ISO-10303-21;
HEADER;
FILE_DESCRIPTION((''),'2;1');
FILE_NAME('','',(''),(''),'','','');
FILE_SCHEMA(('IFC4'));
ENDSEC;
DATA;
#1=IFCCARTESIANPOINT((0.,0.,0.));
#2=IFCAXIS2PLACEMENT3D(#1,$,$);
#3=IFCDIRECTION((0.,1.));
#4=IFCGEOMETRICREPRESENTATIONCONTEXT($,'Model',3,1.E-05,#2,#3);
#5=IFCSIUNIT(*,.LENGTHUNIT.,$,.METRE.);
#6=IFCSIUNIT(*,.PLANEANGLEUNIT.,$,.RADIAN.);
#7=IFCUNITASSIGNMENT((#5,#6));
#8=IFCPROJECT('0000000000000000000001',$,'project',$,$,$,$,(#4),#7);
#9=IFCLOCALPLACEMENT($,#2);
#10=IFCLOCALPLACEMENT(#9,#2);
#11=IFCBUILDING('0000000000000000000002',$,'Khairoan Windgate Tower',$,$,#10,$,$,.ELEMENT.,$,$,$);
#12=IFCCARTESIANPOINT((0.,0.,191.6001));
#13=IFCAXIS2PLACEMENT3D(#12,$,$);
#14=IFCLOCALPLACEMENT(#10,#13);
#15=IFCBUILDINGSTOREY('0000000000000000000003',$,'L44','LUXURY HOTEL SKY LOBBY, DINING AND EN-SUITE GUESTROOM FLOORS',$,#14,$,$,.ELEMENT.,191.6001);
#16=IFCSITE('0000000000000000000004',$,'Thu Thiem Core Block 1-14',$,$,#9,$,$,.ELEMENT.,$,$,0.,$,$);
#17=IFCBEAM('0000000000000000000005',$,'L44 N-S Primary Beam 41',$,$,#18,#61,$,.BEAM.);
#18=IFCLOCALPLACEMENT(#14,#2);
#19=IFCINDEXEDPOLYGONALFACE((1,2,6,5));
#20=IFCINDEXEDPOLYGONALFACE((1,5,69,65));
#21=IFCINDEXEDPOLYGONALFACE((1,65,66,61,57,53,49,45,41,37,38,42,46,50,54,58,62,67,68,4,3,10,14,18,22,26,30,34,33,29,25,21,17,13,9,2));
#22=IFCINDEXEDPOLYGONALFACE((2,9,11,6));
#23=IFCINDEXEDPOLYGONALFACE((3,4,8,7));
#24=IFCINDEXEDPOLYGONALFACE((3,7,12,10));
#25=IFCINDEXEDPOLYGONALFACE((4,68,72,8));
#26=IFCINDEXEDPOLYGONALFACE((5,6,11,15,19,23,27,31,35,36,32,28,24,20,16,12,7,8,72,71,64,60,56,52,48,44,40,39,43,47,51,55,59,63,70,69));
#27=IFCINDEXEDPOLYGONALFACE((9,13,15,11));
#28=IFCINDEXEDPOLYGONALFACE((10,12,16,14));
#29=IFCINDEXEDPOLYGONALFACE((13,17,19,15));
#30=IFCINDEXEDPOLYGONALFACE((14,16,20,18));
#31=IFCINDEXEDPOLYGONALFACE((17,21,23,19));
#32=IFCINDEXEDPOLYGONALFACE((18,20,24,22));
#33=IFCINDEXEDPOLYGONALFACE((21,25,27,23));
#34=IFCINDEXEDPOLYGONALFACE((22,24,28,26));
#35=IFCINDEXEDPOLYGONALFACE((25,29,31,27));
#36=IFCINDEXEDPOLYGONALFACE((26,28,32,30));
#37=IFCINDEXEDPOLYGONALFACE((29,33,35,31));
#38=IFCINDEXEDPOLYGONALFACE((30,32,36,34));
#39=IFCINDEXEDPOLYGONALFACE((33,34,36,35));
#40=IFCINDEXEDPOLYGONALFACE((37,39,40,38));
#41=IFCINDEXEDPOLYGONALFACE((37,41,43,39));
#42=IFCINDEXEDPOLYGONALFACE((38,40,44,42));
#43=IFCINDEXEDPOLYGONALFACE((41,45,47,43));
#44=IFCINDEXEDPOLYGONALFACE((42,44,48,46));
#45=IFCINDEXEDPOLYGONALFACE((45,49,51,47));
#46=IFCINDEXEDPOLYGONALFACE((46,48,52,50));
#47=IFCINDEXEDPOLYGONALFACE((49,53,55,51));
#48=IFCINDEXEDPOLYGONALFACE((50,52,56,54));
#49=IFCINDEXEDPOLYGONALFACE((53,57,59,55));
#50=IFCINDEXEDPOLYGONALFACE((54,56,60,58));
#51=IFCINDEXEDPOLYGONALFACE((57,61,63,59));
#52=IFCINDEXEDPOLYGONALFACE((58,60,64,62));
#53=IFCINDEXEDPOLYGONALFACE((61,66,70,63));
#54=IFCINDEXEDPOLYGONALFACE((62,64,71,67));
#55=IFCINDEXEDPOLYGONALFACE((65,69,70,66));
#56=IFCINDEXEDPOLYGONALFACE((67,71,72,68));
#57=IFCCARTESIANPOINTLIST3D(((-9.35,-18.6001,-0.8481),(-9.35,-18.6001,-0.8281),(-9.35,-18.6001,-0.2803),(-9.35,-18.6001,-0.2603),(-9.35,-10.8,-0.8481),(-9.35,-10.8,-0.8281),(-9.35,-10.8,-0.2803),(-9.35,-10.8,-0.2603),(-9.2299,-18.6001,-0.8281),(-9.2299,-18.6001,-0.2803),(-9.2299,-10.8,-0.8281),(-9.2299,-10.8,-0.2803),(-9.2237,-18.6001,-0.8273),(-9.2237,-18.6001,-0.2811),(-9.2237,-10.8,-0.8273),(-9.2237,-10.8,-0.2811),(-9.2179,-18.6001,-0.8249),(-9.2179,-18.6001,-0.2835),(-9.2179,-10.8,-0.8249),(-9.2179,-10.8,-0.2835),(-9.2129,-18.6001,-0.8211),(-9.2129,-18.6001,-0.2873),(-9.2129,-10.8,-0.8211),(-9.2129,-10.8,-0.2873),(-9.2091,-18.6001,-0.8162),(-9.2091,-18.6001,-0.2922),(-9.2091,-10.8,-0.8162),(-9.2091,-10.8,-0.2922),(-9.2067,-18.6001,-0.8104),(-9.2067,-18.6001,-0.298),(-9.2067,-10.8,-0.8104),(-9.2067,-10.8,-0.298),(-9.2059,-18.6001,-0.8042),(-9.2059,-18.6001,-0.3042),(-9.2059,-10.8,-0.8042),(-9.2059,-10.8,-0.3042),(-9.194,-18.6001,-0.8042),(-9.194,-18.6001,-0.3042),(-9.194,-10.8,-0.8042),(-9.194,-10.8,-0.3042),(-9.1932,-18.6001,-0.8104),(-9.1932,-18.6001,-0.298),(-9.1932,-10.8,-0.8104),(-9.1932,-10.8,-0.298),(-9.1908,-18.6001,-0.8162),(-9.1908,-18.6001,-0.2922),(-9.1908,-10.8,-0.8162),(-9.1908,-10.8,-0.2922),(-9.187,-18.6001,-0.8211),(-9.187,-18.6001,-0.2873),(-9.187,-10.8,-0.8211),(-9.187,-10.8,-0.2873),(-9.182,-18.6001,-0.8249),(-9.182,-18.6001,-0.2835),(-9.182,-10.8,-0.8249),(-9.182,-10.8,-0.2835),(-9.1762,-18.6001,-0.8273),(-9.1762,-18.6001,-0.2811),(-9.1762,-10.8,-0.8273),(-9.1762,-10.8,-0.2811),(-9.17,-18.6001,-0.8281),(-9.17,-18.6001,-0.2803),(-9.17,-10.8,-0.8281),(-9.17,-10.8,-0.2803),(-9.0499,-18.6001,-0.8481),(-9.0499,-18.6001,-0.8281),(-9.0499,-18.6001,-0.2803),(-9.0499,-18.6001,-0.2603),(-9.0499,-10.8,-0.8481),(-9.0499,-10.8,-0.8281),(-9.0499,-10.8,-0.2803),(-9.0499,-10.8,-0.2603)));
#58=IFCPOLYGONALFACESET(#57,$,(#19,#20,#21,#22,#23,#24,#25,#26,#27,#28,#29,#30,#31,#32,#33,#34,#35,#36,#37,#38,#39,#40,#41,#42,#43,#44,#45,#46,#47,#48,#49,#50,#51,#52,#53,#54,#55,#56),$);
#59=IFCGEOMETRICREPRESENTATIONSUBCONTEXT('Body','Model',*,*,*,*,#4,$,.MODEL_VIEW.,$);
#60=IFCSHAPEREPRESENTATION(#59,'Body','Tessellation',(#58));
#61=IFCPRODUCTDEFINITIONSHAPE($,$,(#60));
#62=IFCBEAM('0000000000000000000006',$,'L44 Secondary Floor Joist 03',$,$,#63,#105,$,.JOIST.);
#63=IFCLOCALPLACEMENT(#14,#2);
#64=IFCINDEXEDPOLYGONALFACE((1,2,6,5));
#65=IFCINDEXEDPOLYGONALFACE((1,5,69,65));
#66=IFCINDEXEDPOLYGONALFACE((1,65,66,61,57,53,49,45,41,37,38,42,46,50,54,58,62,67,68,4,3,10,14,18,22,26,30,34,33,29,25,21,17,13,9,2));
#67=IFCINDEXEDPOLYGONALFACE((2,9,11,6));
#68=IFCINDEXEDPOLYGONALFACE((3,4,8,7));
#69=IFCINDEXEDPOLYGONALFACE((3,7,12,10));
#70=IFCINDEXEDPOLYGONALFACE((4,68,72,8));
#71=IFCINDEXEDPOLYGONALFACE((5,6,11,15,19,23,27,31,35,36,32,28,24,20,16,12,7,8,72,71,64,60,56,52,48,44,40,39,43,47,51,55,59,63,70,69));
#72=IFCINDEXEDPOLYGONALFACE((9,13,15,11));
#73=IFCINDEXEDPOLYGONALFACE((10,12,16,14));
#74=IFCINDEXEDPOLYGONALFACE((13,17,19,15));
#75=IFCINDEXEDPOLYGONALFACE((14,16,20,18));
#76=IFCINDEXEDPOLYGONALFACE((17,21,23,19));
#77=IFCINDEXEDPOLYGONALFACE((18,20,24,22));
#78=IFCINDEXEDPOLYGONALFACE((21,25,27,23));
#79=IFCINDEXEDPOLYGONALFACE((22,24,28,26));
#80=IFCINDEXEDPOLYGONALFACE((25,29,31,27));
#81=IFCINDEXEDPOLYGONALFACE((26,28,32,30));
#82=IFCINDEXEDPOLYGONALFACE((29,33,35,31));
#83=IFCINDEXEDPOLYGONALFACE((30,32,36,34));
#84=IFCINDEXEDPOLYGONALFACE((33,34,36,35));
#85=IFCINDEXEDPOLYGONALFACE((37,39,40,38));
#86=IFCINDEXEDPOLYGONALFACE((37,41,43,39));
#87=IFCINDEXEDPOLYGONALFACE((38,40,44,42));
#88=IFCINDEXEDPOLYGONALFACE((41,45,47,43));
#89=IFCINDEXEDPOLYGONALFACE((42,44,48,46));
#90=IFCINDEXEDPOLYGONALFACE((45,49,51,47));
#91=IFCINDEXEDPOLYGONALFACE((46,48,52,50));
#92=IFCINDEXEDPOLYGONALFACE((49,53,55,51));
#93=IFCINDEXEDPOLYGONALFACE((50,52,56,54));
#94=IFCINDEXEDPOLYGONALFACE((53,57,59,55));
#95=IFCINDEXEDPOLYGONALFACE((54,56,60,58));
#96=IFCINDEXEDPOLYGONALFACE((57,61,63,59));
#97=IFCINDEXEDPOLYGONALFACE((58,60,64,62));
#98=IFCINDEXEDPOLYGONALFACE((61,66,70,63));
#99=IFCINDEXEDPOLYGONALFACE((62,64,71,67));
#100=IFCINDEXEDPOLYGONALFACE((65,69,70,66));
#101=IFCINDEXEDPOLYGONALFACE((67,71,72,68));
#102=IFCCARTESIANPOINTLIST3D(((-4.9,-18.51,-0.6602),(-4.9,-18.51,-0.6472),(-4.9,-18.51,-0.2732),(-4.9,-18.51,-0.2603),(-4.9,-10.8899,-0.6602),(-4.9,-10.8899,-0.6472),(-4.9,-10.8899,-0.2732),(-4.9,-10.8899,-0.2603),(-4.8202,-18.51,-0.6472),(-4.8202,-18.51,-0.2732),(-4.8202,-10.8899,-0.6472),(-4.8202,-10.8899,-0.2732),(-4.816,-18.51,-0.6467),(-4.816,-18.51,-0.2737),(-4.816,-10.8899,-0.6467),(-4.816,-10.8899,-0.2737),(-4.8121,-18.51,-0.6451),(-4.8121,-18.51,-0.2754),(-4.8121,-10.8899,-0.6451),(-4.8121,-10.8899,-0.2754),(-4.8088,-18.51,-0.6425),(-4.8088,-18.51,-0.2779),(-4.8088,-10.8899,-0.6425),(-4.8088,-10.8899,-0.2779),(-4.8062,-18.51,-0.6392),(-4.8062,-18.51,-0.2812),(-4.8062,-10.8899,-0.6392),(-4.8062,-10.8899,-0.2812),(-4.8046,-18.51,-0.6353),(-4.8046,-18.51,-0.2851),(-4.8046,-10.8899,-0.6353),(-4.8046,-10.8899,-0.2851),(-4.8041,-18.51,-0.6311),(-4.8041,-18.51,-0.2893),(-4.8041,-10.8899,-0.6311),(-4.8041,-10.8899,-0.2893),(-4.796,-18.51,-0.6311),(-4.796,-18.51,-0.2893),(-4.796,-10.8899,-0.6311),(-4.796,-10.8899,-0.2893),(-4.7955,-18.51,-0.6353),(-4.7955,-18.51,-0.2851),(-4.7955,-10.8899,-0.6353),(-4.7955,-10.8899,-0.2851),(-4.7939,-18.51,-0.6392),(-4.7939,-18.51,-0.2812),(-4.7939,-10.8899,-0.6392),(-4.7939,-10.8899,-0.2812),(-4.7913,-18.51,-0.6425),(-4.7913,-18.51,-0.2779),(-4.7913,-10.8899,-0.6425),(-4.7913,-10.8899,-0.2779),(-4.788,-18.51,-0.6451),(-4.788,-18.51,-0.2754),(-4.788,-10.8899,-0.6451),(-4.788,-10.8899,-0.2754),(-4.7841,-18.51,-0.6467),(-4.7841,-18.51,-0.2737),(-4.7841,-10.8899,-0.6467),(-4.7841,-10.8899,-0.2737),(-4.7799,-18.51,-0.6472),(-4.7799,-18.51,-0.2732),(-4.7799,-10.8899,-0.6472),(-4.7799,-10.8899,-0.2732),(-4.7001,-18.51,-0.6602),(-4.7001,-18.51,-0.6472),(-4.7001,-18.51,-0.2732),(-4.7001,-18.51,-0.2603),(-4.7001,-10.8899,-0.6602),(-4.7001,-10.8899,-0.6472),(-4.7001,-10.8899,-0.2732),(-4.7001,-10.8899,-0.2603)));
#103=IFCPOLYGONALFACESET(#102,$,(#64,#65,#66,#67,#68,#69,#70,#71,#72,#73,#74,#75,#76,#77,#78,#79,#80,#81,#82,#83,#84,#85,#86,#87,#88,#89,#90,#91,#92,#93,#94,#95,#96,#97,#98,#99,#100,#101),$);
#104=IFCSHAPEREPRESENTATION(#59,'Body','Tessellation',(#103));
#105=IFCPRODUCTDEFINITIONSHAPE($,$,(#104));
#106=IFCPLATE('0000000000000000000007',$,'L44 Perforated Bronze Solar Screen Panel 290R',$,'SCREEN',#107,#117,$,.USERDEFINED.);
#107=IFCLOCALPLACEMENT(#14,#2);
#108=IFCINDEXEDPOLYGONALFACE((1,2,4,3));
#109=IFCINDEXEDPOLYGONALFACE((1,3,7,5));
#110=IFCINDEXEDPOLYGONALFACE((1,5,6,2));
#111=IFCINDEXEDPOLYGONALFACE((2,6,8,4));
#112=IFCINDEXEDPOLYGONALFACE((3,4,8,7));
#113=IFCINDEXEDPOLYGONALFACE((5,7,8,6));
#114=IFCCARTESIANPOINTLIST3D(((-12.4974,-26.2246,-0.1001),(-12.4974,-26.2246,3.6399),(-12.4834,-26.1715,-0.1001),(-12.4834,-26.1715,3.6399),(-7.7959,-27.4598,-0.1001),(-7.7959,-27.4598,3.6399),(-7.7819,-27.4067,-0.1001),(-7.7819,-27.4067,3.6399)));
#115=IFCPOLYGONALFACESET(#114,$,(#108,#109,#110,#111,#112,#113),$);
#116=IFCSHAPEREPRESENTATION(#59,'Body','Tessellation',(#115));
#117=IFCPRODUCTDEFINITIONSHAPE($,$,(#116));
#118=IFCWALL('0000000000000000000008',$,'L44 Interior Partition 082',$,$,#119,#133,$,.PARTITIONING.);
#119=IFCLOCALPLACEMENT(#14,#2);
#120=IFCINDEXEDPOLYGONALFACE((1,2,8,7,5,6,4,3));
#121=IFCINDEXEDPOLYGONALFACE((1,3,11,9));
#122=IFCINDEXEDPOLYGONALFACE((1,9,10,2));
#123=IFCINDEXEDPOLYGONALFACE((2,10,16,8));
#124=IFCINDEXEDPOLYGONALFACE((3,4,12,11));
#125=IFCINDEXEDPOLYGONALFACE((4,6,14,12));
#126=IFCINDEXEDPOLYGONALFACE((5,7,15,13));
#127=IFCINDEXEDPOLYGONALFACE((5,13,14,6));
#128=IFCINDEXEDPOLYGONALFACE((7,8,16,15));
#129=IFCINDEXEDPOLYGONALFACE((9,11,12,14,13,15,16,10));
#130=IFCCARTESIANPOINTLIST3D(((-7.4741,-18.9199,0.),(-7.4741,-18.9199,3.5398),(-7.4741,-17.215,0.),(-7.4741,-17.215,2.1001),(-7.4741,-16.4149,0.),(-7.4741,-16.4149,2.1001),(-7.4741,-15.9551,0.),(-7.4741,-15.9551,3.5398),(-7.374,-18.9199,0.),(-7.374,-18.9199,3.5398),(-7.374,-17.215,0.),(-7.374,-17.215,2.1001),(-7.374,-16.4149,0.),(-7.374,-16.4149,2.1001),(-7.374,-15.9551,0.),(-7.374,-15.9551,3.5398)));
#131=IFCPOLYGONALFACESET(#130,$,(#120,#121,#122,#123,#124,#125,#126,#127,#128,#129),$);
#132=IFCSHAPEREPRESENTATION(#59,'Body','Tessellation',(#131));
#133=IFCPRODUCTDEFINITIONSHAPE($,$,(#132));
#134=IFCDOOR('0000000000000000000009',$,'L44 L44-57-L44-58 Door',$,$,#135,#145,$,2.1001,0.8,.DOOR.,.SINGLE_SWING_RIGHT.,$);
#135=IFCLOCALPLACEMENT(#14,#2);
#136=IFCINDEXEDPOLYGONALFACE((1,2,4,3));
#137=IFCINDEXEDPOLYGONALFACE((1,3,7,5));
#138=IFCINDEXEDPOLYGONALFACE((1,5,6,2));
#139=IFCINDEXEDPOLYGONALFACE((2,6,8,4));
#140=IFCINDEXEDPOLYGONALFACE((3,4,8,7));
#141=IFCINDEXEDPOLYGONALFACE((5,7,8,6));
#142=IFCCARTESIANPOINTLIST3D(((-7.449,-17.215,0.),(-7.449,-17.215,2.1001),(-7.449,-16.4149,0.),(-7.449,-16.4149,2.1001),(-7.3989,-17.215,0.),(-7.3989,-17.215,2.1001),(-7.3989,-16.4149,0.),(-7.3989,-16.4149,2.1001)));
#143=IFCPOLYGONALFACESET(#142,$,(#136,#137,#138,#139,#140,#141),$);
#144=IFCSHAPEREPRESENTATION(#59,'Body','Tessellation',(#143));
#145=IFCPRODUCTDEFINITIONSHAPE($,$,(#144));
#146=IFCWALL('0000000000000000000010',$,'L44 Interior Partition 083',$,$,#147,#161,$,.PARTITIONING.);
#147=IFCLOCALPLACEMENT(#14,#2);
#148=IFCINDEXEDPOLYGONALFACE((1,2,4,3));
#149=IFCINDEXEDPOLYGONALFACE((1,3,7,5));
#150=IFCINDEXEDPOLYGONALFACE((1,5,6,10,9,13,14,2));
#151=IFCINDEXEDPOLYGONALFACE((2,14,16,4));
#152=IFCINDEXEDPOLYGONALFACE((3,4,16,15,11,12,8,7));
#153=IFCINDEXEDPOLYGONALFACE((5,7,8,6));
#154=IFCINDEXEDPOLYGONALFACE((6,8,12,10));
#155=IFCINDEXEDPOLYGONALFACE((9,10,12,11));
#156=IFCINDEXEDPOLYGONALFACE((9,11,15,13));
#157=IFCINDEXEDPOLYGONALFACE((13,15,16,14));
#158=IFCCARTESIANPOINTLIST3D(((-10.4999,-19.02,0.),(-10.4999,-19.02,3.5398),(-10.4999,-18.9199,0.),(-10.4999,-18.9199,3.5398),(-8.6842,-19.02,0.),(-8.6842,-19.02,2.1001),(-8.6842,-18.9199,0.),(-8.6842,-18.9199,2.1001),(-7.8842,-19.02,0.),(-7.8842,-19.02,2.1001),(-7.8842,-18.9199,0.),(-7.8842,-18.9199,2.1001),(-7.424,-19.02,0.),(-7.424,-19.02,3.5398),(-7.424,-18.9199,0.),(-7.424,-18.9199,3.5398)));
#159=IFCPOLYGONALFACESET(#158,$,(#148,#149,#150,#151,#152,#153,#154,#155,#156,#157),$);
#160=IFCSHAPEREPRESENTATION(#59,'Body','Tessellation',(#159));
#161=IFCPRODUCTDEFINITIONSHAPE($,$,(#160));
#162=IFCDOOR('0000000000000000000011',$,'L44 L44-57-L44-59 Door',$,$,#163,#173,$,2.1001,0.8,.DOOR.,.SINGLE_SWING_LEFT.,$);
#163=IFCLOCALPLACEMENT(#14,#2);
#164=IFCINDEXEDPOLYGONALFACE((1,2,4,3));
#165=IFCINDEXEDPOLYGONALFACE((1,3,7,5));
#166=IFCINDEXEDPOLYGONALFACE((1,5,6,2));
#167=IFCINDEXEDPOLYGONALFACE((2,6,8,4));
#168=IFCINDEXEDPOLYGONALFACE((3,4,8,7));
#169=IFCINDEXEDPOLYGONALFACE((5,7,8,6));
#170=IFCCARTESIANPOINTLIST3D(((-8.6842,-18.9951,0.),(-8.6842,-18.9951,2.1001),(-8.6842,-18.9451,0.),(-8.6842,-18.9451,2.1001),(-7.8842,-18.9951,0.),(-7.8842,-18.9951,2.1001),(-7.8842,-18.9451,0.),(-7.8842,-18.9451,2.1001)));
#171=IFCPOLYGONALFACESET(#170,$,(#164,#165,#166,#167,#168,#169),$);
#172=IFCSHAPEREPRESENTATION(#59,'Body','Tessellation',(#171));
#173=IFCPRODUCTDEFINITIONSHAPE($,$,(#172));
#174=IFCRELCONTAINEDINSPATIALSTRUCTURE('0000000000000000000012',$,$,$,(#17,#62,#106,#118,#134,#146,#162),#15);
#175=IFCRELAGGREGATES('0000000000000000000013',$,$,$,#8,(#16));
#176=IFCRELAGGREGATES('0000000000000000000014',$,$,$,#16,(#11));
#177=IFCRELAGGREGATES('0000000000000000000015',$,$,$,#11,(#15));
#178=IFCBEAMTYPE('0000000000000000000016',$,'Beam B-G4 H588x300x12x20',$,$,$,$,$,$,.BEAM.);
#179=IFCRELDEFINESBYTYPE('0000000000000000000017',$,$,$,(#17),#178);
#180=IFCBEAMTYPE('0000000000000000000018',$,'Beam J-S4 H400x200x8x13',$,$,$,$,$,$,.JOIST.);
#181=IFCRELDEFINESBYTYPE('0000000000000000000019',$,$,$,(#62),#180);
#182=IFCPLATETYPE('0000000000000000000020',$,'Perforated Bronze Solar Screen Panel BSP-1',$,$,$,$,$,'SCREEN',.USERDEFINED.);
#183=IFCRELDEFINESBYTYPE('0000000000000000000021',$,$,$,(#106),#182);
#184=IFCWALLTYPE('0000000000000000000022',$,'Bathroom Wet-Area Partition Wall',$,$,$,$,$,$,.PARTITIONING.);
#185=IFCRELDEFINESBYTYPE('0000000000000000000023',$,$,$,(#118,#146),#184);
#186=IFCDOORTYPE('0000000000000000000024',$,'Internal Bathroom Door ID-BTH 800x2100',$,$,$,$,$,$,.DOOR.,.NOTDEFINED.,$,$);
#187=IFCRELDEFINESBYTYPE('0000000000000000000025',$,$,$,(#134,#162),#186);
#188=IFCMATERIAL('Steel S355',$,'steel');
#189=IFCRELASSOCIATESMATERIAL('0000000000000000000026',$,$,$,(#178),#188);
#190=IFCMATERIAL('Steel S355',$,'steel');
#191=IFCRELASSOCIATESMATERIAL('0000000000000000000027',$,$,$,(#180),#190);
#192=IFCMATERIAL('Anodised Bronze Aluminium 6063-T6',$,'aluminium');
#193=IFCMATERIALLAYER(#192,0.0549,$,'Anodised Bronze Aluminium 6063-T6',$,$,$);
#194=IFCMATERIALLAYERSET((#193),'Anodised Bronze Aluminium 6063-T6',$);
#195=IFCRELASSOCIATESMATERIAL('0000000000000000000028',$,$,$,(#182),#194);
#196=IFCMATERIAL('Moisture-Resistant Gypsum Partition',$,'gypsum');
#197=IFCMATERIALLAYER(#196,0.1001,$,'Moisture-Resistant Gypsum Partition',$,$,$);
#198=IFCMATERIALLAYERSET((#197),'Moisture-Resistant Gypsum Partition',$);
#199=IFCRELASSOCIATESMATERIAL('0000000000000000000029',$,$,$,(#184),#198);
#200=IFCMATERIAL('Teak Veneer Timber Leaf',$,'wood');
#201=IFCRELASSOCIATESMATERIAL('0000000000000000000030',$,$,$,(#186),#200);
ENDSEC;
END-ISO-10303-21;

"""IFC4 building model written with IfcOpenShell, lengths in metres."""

from ifc_helpers import new_model, si_unit, direction, frame, frame_2d, origin, origin_2d, place, context, subcontext, project, spatial, rectangle, i_section, extrude, material, layer, layer_set, material_profile, profile_set, type_object, element, fill, save


model = new_model("IFC4")

# Units and contexts
model_context = context("Model", 3, precision=1e-05, world=origin(), true_north=direction((0.0, 1.0)))
body_context = subcontext(model_context, "Body", "Model", "MODEL_VIEW")
ifc_project = project(units=[si_unit("LENGTHUNIT", "METRE"), si_unit("PLANEANGLEUNIT", "RADIAN")], contexts=[model_context])

# Site, building, storey
site_placement = place(None, origin())
site = spatial("IfcSite", under=ifc_project, at=site_placement, Name="Thu Thiem Core Block 1-14", CompositionType="ELEMENT", RefElevation=0.0)
building_placement = place(site_placement, origin())
building = spatial("IfcBuilding", under=site, at=building_placement, Name="Khairoan Windgate Tower", CompositionType="ELEMENT")
storey_placement = place(building_placement, frame((0.0, 0.0, 191.6001)))
storey = spatial("IfcBuildingStorey", under=building, at=storey_placement, Name="L44", Description="LUXURY HOTEL SKY LOBBY, DINING AND EN-SUITE GUESTROOM FLOORS", CompositionType="ELEMENT", Elevation=191.6001)

# Beams
ifc_material_1 = material(Name="Steel S355", Category="steel")
ifc_material_profile_1 = material_profile(ifc_material_1, i_section(OverallWidth=0.3, OverallDepth=0.5879, WebThickness=0.012, FlangeThickness=0.02, FilletRadius=0.0239, at=origin_2d()))
ifc_profile_set_1 = profile_set([ifc_material_profile_1], Name="Steel S355")
beam_type_1 = type_object("IfcBeamType", Name="Beam B-G4 H588x300x12x20", PredefinedType="BEAM", material=ifc_profile_set_1)
beam_1_placement = place(storey_placement, frame((-9.2, -18.6001, -0.5542), z_axis=(0.0, 1.0, 0.0), x_axis=(-1.0, 0.0, 0.0)))
element("IfcBeam", 1, at=beam_1_placement, inside=storey, type_object=beam_type_1, Name="L44 N-S Primary Beam 41", PredefinedType="BEAM", context=body_context, shape_type="SweptSolid", body=[
    extrude(i_section(OverallWidth=0.3, OverallDepth=0.5879, WebThickness=0.012, FlangeThickness=0.02, FilletRadius=0.0239, at=origin_2d()), origin(), (0.0, 0.0, 1.0), 7.8),
])
ifc_material_2 = material(Name="Steel S355", Category="steel")
ifc_material_profile_2 = material_profile(ifc_material_2, i_section(OverallWidth=0.2, OverallDepth=0.3999, WebThickness=0.0081, FlangeThickness=0.0129, FilletRadius=0.0161, at=origin_2d()))
ifc_profile_set_2 = profile_set([ifc_material_profile_2], Name="Steel S355")
beam_type_2 = type_object("IfcBeamType", Name="Beam J-S4 H400x200x8x13", PredefinedType="JOIST", material=ifc_profile_set_2)
beam_2_placement = place(storey_placement, frame((-4.8, -18.51, -0.4602), z_axis=(0.0, 1.0, 0.0), x_axis=(-1.0, 0.0, 0.0)))
element("IfcBeam", 2, at=beam_2_placement, inside=storey, type_object=beam_type_2, Name="L44 Secondary Floor Joist 03", PredefinedType="JOIST", context=body_context, shape_type="SweptSolid", body=[
    extrude(i_section(OverallWidth=0.2, OverallDepth=0.3999, WebThickness=0.0081, FlangeThickness=0.0129, FilletRadius=0.0161, at=origin_2d()), origin(), (0.0, 0.0, 1.0), 7.6201),
])

# Plate
ifc_material_3 = material(Name="Anodised Bronze Aluminium 6063-T6", Category="aluminium")
ifc_layer_1 = layer(ifc_material_3, 0.0549, Name="Anodised Bronze Aluminium 6063-T6")
ifc_layer_set_1 = layer_set([ifc_layer_1], Name="Anodised Bronze Aluminium 6063-T6")
plate_type = type_object("IfcPlateType", Name="Perforated Bronze Solar Screen Panel BSP-1", ElementType="SCREEN", PredefinedType="USERDEFINED", material=ifc_layer_set_1)
plate_placement = place(storey_placement, frame((-10.1396, -26.8157, -0.1001), z_axis=(0.0, 0.0, 1.0), x_axis=(-0.967179, 0.254096, 0.0)))
element("IfcPlate", 3, at=plate_placement, inside=storey, type_object=plate_type, Name="L44 Perforated Bronze Solar Screen Panel 290R", ObjectType="SCREEN", PredefinedType="USERDEFINED", context=body_context, shape_type="SweptSolid", body=[
    extrude(rectangle(XDim=4.8611, YDim=0.0549, at=origin_2d()), origin(), (0.0, 0.0, 1.0), 3.74),
])

# Walls, openings, doors
ifc_material_4 = material(Name="Moisture-Resistant Gypsum Partition", Category="gypsum")
ifc_layer_2 = layer(ifc_material_4, 0.1001, Name="Moisture-Resistant Gypsum Partition")
ifc_layer_set_2 = layer_set([ifc_layer_2], Name="Moisture-Resistant Gypsum Partition")
wall_type_1 = type_object("IfcWallType", Name="Bathroom Wet-Area Partition Wall", PredefinedType="PARTITIONING", material=ifc_layer_set_2)
wall_1_placement = place(storey_placement, frame((-7.4241, -18.9199, 0.0), z_axis=(0.0, 0.0, 1.0), x_axis=(0.0, 1.0, 0.0)))
wall_1 = element("IfcWall", 4, at=wall_1_placement, inside=storey, type_object=wall_type_1, Name="L44 Interior Partition 082", PredefinedType="PARTITIONING", context=body_context, shape_type="SweptSolid", body=[
    extrude(rectangle(XDim=2.9648, YDim=0.1001, at=frame_2d((1.4824, 0.0))), origin(), (0.0, 0.0, 1.0), 3.5398),
])
opening_1_placement = place(wall_1_placement, frame((1.7051, 0.0, 0.0)))
opening_1 = element("IfcOpeningElement", 5, at=opening_1_placement, cuts=wall_1, PredefinedType="OPENING", context=body_context, shape_type="SweptSolid", body=[
    extrude(rectangle(XDim=0.8, YDim=2.1001, at=frame_2d((0.3999, 1.05))), frame((0.0, 0.0601, 0.0), z_axis=(0.0, -1.0, 0.0), x_axis=(1.0, 0.0, 0.0)), (0.0, 0.0, 1.0), 0.1201),
])
ifc_material_5 = material(Name="Teak Veneer Timber Leaf", Category="wood")
door_type_1 = type_object("IfcDoorType", Name="Internal Bathroom Door ID-BTH 800x2100", OperationType="NOTDEFINED", PredefinedType="DOOR", material=ifc_material_5)
door_1_placement = place(opening_1_placement, origin())
door_1 = element("IfcDoor", 6, at=door_1_placement, inside=storey, type_object=door_type_1, Name="L44 L44-57-L44-58 Door", OperationType="SINGLE_SWING_RIGHT", OverallHeight=2.1001, OverallWidth=0.8, PredefinedType="DOOR", context=body_context, shape_type="SweptSolid", body=[
    extrude(rectangle(XDim=0.8, YDim=2.1001, at=frame_2d((0.3999, 1.05))), frame((0.0, 0.0249, 0.0), z_axis=(0.0, -1.0, 0.0), x_axis=(1.0, 0.0, 0.0)), (0.0, 0.0, 1.0), 0.05),
])
fill(opening_1, door_1)
wall_2_placement = place(storey_placement, frame((-10.5, -18.97, 0.0), z_axis=(0.0, 0.0, 1.0), x_axis=(1.0, 0.0, 0.0)))
wall_2 = element("IfcWall", 7, at=wall_2_placement, inside=storey, type_object=wall_type_1, Name="L44 Interior Partition 083", PredefinedType="PARTITIONING", context=body_context, shape_type="SweptSolid", body=[
    extrude(rectangle(XDim=3.0759, YDim=0.1001, at=frame_2d((1.5381, 0.0))), origin(), (0.0, 0.0, 1.0), 3.5398),
])
opening_2_placement = place(wall_2_placement, frame((1.8159, 0.0, 0.0)))
opening_2 = element("IfcOpeningElement", 8, at=opening_2_placement, cuts=wall_2, PredefinedType="OPENING", context=body_context, shape_type="SweptSolid", body=[
    extrude(rectangle(XDim=0.8, YDim=2.1001, at=frame_2d((0.3999, 1.05))), frame((0.0, 0.0601, 0.0), z_axis=(0.0, -1.0, 0.0), x_axis=(1.0, 0.0, 0.0)), (0.0, 0.0, 1.0), 0.1201),
])
door_2_placement = place(opening_2_placement, origin())
door_2 = element("IfcDoor", 9, at=door_2_placement, inside=storey, type_object=door_type_1, Name="L44 L44-57-L44-59 Door", OperationType="SINGLE_SWING_LEFT", OverallHeight=2.1001, OverallWidth=0.8, PredefinedType="DOOR", context=body_context, shape_type="SweptSolid", body=[
    extrude(rectangle(XDim=0.8, YDim=2.1001, at=frame_2d((0.3999, 1.05))), frame((0.0, 0.0249, 0.0), z_axis=(0.0, -1.0, 0.0), x_axis=(1.0, 0.0, 0.0)), (0.0, 0.0, 1.0), 0.05),
])
fill(opening_2, door_2)

save(model, "model.ifc")
